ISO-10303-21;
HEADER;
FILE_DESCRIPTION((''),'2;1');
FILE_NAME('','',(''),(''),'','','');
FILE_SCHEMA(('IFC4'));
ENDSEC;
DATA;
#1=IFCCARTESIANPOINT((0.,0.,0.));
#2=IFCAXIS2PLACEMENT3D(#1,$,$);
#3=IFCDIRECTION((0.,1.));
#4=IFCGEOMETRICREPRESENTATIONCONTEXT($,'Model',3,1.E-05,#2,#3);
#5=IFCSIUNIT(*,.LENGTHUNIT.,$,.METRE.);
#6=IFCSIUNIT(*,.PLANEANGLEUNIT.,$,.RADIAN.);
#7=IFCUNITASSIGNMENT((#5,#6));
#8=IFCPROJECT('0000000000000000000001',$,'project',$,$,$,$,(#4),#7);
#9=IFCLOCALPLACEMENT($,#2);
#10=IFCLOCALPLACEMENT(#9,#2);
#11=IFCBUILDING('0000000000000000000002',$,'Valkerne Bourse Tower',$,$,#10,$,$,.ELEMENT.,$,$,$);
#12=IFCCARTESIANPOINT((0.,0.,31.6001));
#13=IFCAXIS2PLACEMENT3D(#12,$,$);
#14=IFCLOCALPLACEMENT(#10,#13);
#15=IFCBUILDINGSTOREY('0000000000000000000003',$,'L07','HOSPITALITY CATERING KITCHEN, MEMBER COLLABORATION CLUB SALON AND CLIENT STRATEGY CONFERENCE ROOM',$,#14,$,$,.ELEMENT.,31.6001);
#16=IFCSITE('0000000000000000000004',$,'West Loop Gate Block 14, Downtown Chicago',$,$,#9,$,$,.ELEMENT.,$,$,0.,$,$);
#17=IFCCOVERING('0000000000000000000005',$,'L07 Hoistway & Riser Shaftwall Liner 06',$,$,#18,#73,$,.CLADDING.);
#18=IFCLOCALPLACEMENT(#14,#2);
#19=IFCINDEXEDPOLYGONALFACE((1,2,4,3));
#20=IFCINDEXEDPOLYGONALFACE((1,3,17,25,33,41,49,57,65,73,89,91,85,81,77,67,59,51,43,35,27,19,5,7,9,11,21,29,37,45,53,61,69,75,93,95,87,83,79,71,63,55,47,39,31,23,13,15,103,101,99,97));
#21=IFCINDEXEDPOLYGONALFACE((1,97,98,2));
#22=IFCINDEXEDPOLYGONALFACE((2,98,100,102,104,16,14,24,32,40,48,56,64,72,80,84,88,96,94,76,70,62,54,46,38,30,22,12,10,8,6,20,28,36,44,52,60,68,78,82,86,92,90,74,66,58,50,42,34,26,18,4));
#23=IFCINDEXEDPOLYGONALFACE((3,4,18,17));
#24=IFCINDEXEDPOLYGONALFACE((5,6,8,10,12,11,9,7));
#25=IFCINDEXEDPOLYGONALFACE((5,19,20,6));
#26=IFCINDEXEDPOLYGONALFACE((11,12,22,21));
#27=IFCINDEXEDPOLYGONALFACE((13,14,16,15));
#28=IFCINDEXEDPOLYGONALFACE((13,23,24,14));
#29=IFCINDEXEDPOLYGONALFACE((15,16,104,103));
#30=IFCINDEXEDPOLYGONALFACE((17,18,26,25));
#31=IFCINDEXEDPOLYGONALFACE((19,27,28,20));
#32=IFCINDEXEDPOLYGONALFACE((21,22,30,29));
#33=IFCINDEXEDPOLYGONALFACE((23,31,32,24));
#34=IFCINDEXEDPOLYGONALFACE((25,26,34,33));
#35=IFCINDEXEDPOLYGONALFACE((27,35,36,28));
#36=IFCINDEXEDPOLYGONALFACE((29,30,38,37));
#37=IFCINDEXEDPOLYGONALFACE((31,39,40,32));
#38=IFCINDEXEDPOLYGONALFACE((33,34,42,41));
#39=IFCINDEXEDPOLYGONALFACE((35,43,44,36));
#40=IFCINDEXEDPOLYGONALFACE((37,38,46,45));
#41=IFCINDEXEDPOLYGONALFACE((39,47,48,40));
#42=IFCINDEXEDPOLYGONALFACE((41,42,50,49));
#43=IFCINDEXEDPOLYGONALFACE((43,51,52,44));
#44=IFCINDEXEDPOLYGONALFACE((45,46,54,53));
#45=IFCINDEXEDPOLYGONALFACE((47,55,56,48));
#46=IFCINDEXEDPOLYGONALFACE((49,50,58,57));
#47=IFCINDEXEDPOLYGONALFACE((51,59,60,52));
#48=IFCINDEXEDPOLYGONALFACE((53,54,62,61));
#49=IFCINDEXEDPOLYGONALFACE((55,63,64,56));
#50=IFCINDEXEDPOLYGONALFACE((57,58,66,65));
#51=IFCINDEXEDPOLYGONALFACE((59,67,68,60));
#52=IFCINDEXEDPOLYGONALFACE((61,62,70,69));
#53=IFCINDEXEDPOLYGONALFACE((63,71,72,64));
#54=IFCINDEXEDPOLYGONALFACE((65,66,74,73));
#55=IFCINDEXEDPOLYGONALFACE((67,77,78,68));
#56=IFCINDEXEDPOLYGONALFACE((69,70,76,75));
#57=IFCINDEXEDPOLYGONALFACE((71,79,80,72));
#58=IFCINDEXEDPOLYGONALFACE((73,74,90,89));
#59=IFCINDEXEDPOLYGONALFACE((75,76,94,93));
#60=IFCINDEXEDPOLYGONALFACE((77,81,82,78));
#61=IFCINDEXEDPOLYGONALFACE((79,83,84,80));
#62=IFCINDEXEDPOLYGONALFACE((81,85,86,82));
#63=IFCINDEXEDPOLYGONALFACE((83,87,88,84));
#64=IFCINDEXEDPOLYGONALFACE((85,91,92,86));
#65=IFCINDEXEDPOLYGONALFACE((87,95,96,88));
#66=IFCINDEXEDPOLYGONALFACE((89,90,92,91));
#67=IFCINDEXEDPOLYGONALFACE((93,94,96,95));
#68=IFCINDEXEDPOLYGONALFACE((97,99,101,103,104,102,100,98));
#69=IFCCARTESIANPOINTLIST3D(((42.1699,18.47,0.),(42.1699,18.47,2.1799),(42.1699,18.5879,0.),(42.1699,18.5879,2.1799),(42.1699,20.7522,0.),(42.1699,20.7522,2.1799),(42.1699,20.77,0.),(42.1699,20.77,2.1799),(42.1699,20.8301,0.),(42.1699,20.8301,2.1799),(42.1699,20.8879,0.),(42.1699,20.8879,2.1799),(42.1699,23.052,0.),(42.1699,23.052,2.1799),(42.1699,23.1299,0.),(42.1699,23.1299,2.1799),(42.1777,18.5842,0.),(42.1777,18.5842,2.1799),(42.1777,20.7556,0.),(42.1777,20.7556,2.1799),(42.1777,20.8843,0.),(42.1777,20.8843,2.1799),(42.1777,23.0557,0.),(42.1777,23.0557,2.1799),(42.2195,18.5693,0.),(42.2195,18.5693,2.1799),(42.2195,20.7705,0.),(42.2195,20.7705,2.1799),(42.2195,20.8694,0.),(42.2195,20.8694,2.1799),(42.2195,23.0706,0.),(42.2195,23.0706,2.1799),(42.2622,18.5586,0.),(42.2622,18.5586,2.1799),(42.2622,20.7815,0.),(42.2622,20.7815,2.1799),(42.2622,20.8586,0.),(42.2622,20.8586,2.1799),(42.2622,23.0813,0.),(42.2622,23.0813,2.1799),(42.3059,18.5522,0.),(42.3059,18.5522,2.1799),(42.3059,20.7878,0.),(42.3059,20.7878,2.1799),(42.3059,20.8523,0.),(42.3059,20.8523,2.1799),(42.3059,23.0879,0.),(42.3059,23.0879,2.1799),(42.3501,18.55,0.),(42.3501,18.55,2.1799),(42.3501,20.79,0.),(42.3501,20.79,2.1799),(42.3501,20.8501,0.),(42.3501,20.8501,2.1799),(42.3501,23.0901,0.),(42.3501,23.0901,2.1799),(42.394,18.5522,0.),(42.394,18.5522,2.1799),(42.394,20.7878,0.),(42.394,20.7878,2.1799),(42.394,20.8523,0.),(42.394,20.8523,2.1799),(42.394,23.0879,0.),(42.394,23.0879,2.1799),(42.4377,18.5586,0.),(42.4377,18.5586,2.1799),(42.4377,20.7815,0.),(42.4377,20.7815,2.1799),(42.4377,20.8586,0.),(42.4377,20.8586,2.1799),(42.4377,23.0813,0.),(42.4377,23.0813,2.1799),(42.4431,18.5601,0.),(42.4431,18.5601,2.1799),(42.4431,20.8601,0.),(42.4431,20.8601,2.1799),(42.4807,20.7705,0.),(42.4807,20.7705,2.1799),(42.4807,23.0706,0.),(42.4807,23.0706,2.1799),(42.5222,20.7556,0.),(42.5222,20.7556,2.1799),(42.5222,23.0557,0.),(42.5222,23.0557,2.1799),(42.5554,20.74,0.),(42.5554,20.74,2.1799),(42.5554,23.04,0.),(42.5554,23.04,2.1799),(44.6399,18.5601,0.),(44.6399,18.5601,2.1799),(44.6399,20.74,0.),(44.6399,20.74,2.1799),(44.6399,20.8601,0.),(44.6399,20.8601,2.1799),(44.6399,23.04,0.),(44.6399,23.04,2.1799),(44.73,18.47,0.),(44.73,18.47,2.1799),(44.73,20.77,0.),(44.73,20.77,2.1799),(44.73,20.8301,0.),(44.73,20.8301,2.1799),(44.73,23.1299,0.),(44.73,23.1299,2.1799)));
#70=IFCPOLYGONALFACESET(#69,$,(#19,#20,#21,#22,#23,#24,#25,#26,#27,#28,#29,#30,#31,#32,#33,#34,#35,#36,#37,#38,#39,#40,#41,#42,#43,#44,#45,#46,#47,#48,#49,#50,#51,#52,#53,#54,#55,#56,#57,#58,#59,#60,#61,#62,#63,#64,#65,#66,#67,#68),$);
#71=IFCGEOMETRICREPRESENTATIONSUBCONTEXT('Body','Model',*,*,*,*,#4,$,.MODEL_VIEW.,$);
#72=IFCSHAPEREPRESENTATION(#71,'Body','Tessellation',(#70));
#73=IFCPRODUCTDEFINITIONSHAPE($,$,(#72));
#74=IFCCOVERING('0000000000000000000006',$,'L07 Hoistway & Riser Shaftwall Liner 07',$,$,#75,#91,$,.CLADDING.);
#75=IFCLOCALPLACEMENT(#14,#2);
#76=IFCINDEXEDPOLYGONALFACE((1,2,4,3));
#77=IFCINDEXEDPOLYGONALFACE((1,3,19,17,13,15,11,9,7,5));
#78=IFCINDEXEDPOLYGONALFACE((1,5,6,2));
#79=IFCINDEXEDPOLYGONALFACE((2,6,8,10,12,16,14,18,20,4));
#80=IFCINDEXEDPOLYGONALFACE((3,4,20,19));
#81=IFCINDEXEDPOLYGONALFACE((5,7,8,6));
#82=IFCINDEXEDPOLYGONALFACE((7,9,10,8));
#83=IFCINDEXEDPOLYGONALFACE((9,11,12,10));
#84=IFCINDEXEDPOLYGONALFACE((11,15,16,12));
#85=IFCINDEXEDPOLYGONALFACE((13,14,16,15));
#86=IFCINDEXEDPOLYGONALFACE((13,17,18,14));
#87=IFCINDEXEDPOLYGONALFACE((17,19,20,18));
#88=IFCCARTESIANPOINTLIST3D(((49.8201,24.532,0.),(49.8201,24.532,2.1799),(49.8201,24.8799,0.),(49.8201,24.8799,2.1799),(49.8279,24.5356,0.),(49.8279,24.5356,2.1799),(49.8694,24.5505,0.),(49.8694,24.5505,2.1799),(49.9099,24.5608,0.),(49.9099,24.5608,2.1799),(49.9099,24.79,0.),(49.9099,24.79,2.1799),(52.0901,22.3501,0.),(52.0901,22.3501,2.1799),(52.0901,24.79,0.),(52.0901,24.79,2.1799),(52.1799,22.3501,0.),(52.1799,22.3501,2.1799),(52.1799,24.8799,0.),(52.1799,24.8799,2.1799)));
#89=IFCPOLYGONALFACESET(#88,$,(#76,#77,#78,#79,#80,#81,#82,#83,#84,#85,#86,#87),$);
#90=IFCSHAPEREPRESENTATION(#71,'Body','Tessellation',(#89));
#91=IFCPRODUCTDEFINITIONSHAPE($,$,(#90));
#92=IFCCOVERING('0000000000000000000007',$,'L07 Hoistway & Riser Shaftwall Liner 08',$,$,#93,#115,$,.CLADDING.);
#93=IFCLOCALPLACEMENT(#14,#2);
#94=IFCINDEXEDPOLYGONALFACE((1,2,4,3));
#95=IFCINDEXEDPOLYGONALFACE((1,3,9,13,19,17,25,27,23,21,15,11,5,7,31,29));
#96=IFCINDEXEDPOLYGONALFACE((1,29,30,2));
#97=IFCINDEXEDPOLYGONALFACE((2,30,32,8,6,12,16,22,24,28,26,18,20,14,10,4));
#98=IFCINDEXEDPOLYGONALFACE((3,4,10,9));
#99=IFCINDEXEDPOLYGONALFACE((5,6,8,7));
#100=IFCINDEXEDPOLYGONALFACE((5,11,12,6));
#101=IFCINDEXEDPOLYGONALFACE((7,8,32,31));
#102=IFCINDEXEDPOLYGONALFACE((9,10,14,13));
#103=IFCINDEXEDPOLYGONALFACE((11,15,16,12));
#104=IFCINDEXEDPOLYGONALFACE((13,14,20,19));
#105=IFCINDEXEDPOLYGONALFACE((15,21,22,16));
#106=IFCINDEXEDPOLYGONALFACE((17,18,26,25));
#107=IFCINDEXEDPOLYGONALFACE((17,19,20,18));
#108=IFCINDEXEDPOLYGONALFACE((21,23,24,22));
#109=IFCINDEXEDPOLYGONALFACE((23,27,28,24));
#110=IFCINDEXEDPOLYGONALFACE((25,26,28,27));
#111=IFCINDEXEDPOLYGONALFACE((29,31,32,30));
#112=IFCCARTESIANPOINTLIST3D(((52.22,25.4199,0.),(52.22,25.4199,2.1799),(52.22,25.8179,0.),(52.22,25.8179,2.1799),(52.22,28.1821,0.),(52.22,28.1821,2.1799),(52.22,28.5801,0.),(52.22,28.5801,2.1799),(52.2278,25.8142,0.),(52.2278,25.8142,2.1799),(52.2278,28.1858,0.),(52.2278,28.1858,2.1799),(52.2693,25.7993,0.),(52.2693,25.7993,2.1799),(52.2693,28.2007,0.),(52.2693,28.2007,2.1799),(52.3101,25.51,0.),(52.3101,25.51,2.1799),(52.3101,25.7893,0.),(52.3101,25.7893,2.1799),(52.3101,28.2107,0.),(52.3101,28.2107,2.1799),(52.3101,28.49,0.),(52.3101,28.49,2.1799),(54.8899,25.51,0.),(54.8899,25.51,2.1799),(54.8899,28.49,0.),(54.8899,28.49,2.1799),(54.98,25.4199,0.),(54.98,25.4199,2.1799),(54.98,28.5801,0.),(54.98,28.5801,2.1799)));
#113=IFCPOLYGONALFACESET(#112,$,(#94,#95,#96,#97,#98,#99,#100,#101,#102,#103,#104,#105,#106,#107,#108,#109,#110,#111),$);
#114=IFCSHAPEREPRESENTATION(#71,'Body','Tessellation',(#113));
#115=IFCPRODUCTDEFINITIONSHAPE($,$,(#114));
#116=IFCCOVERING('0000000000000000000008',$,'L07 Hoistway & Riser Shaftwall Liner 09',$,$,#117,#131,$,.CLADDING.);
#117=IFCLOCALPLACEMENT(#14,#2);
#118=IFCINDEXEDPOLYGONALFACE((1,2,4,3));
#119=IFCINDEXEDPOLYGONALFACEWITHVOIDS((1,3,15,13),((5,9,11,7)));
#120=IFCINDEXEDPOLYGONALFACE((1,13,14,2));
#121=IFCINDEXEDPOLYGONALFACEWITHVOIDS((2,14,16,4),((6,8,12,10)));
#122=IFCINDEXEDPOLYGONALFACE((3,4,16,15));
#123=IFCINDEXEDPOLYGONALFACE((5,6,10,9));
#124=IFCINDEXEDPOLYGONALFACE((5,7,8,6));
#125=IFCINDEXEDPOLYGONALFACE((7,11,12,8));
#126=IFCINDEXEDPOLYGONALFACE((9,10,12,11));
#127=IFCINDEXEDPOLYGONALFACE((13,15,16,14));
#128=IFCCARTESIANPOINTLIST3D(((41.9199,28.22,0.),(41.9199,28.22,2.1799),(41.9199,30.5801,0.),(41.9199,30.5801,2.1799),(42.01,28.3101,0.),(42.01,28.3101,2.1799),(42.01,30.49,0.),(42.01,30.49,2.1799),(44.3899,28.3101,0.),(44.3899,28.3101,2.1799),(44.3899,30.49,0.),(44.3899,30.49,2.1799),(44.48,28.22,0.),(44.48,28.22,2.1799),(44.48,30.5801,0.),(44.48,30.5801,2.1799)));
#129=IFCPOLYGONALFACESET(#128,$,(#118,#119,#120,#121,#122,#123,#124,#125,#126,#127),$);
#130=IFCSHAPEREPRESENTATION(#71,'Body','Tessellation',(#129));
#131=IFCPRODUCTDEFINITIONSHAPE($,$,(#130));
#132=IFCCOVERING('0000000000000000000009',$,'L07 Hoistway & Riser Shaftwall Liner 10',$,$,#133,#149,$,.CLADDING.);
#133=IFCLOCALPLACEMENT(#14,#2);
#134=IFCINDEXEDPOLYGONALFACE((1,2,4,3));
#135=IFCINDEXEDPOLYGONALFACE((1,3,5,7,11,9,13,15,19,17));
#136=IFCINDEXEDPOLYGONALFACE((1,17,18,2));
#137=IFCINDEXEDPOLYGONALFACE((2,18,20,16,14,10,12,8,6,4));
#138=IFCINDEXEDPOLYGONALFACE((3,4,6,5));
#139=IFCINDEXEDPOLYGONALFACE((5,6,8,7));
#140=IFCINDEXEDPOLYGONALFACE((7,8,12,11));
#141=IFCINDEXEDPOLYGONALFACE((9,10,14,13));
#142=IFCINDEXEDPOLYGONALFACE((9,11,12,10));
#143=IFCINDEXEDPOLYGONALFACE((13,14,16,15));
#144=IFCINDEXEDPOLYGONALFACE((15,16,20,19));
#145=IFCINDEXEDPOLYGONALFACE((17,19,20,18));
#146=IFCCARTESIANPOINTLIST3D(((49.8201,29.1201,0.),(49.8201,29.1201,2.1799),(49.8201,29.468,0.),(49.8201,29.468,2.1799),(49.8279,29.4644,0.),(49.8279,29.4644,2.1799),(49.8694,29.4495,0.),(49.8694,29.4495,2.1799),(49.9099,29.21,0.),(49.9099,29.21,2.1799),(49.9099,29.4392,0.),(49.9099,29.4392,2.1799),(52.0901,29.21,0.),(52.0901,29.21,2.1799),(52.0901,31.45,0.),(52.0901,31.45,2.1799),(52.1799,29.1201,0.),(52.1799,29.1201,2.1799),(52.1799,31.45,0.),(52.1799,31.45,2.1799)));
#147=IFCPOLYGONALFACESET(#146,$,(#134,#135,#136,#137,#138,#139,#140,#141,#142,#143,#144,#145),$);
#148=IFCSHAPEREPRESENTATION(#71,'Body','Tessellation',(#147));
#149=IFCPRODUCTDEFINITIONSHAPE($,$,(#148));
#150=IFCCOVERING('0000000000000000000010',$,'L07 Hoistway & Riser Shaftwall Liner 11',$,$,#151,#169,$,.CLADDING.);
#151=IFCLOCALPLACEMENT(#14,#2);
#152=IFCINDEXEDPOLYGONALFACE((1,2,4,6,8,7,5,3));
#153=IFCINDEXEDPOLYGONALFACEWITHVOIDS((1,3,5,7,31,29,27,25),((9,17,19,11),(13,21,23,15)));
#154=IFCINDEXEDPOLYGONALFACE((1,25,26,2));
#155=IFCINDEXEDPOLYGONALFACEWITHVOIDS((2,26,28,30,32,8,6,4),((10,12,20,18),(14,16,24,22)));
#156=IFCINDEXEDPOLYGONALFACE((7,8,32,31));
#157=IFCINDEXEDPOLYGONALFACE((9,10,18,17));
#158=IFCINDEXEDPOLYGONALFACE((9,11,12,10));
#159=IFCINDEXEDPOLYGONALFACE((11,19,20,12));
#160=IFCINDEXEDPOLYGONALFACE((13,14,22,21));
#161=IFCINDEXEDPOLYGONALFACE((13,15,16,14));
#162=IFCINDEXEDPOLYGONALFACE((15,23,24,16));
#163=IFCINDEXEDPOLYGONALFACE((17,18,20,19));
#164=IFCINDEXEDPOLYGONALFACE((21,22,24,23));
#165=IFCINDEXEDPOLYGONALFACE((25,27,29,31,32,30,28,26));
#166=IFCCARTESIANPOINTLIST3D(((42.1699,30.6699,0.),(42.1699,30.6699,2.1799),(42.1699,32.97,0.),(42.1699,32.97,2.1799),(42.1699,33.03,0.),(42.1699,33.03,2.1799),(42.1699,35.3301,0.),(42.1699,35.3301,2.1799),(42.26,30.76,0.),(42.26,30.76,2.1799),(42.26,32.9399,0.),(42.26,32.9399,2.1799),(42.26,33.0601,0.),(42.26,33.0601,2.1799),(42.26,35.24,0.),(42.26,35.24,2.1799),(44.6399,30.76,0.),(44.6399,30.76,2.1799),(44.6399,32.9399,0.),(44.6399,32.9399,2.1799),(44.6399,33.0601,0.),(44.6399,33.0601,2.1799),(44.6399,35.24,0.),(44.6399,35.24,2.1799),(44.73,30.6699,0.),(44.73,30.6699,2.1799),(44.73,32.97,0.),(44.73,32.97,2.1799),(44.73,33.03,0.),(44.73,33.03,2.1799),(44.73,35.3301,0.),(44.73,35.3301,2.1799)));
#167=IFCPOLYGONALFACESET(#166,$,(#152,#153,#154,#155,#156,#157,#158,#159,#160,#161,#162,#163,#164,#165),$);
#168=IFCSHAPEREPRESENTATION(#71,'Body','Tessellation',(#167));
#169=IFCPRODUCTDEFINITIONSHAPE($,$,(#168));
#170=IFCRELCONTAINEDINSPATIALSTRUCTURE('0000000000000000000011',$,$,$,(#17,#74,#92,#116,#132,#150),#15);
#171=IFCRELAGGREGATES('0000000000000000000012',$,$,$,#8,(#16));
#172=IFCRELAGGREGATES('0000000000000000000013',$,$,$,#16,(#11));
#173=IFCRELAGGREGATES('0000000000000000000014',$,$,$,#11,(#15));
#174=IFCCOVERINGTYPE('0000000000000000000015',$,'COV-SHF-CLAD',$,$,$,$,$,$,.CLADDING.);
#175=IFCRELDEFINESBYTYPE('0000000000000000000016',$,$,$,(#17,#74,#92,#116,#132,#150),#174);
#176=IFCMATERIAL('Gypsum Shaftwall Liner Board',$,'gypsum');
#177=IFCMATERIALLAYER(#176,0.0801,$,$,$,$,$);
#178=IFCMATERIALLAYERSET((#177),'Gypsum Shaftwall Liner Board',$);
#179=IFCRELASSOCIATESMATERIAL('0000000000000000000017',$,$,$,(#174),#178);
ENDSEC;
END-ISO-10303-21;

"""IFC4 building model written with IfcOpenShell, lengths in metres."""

from ifc_helpers import new_model, si_unit, direction, frame, origin, place, context, subcontext, project, spatial, polyline, outline, extrude, material, layer, layer_set, type_object, element, save


model = new_model("IFC4")

# Units and contexts
model_context = context("Model", 3, precision=1e-05, world=origin(), true_north=direction((0.0, 1.0)))
body_context = subcontext(model_context, "Body", "Model", "MODEL_VIEW")
ifc_project = project(units=[si_unit("LENGTHUNIT", "METRE"), si_unit("PLANEANGLEUNIT", "RADIAN")], contexts=[model_context])

# Site, building, storey
site_placement = place(None, origin())
site = spatial("IfcSite", under=ifc_project, at=site_placement, Name="West Loop Gate Block 14, Downtown Chicago", CompositionType="ELEMENT", RefElevation=0.0)
building_placement = place(site_placement, origin())
building = spatial("IfcBuilding", under=site, at=building_placement, Name="Valkerne Bourse Tower", CompositionType="ELEMENT")
storey_placement = place(building_placement, frame((0.0, 0.0, 31.6001)))
storey = spatial("IfcBuildingStorey", under=building, at=storey_placement, Name="L07", Description="HOSPITALITY CATERING KITCHEN, MEMBER COLLABORATION CLUB SALON AND CLIENT STRATEGY CONFERENCE ROOM", CompositionType="ELEMENT", Elevation=31.6001)

# Coverings
ifc_material_1 = material(Name="Gypsum Shaftwall Liner Board", Category="gypsum")
ifc_layer_1 = layer(ifc_material_1, 0.0801)
ifc_layer_set_1 = layer_set([ifc_layer_1], Name="Gypsum Shaftwall Liner Board")
covering_type_1 = type_object("IfcCoveringType", Name="COV-SHF-CLAD", PredefinedType="CLADDING", material=ifc_layer_set_1)
covering_1_placement = place(storey_placement, origin())
element("IfcCovering", 1, at=covering_1_placement, inside=storey, type_object=covering_type_1, Name="L07 Hoistway & Riser Shaftwall Liner 06", PredefinedType="CLADDING", context=body_context, shape_type="SweptSolid", body=[
    extrude(outline(polyline([(42.1699, 20.8301), (42.1699, 20.8879), (42.1777, 20.8843), (42.2195, 20.8694), (42.2622, 20.8586), (42.3059, 20.8523), (42.3501, 20.8501), (42.394, 20.8523), (42.4377, 20.8586), (42.4431, 20.8601), (44.6399, 20.8601), (44.6399, 23.04), (42.5554, 23.04), (42.5222, 23.0557), (42.4807, 23.0706), (42.4377, 23.0813), (42.394, 23.0879), (42.3501, 23.0901), (42.3059, 23.0879), (42.2622, 23.0813), (42.2195, 23.0706), (42.1777, 23.0557), (42.1699, 23.052), (42.1699, 23.1299), (44.73, 23.1299), (44.73, 20.8301), (44.73, 20.77), (44.73, 18.47), (42.1699, 18.47), (42.1699, 18.5879), (42.1777, 18.5842), (42.2195, 18.5693), (42.2622, 18.5586), (42.3059, 18.5522), (42.3501, 18.55), (42.394, 18.5522), (42.4377, 18.5586), (42.4431, 18.5601), (44.6399, 18.5601), (44.6399, 20.74), (42.5554, 20.74), (42.5222, 20.7556), (42.4807, 20.7705), (42.4377, 20.7815), (42.394, 20.7878), (42.3501, 20.79), (42.3059, 20.7878), (42.2622, 20.7815), (42.2195, 20.7705), (42.1777, 20.7556), (42.1699, 20.7522), (42.1699, 20.77), (42.1699, 20.8301)])), origin(), (0.0, 0.0, 1.0), 2.1799),
])
covering_2_placement = place(storey_placement, origin())
element("IfcCovering", 2, at=covering_2_placement, inside=storey, type_object=covering_type_1, Name="L07 Hoistway & Riser Shaftwall Liner 07", PredefinedType="CLADDING", context=body_context, shape_type="SweptSolid", body=[
    extrude(outline(polyline([(52.1799, 22.3501), (52.0901, 22.3501), (52.0901, 24.79), (49.9099, 24.79), (49.9099, 24.5608), (49.8694, 24.5505), (49.8279, 24.5356), (49.8201, 24.532), (49.8201, 24.8799), (52.1799, 24.8799), (52.1799, 22.3501)])), origin(), (0.0, 0.0, 1.0), 2.1799),
])
covering_3_placement = place(storey_placement, origin())
element("IfcCovering", 3, at=covering_3_placement, inside=storey, type_object=covering_type_1, Name="L07 Hoistway & Riser Shaftwall Liner 08", PredefinedType="CLADDING", context=body_context, shape_type="SweptSolid", body=[
    extrude(outline(polyline([(54.98, 25.4199), (52.22, 25.4199), (52.22, 25.8179), (52.2278, 25.8142), (52.2693, 25.7993), (52.3101, 25.7893), (52.3101, 25.51), (54.8899, 25.51), (54.8899, 28.49), (52.3101, 28.49), (52.3101, 28.2107), (52.2693, 28.2007), (52.2278, 28.1858), (52.22, 28.1821), (52.22, 28.5801), (54.98, 28.5801), (54.98, 25.4199)])), origin(), (0.0, 0.0, 1.0), 2.1799),
])
covering_4_placement = place(storey_placement, origin())
element("IfcCovering", 4, at=covering_4_placement, inside=storey, type_object=covering_type_1, Name="L07 Hoistway & Riser Shaftwall Liner 09", PredefinedType="CLADDING", context=body_context, shape_type="SweptSolid", body=[
    extrude(outline(polyline([(44.48, 28.22), (41.9199, 28.22), (41.9199, 30.5801), (44.48, 30.5801), (44.48, 28.22)]), holes=[polyline([(42.01, 30.49), (42.01, 28.3101), (44.3899, 28.3101), (44.3899, 30.49), (42.01, 30.49)])]), origin(), (0.0, 0.0, 1.0), 2.1799),
])
covering_5_placement = place(storey_placement, origin())
element("IfcCovering", 5, at=covering_5_placement, inside=storey, type_object=covering_type_1, Name="L07 Hoistway & Riser Shaftwall Liner 10", PredefinedType="CLADDING", context=body_context, shape_type="SweptSolid", body=[
    extrude(outline(polyline([(49.8201, 29.1201), (49.8201, 29.468), (49.8279, 29.4644), (49.8694, 29.4495), (49.9099, 29.4392), (49.9099, 29.21), (52.0901, 29.21), (52.0901, 31.45), (52.1799, 31.45), (52.1799, 29.1201), (49.8201, 29.1201)])), origin(), (0.0, 0.0, 1.0), 2.1799),
])
covering_6_placement = place(storey_placement, origin())
element("IfcCovering", 6, at=covering_6_placement, inside=storey, type_object=covering_type_1, Name="L07 Hoistway & Riser Shaftwall Liner 11", PredefinedType="CLADDING", context=body_context, shape_type="SweptSolid", body=[
    extrude(outline(polyline([(44.73, 35.3301), (44.73, 33.03), (44.73, 32.97), (44.73, 30.6699), (42.1699, 30.6699), (42.1699, 32.97), (42.1699, 33.03), (42.1699, 35.3301), (44.73, 35.3301)]), holes=[polyline([(42.26, 30.76), (44.6399, 30.76), (44.6399, 32.9399), (42.26, 32.9399), (42.26, 30.76)]), polyline([(42.26, 33.0601), (44.6399, 33.0601), (44.6399, 35.24), (42.26, 35.24), (42.26, 33.0601)])]), origin(), (0.0, 0.0, 1.0), 2.1799),
])

save(model, "model.ifc")
